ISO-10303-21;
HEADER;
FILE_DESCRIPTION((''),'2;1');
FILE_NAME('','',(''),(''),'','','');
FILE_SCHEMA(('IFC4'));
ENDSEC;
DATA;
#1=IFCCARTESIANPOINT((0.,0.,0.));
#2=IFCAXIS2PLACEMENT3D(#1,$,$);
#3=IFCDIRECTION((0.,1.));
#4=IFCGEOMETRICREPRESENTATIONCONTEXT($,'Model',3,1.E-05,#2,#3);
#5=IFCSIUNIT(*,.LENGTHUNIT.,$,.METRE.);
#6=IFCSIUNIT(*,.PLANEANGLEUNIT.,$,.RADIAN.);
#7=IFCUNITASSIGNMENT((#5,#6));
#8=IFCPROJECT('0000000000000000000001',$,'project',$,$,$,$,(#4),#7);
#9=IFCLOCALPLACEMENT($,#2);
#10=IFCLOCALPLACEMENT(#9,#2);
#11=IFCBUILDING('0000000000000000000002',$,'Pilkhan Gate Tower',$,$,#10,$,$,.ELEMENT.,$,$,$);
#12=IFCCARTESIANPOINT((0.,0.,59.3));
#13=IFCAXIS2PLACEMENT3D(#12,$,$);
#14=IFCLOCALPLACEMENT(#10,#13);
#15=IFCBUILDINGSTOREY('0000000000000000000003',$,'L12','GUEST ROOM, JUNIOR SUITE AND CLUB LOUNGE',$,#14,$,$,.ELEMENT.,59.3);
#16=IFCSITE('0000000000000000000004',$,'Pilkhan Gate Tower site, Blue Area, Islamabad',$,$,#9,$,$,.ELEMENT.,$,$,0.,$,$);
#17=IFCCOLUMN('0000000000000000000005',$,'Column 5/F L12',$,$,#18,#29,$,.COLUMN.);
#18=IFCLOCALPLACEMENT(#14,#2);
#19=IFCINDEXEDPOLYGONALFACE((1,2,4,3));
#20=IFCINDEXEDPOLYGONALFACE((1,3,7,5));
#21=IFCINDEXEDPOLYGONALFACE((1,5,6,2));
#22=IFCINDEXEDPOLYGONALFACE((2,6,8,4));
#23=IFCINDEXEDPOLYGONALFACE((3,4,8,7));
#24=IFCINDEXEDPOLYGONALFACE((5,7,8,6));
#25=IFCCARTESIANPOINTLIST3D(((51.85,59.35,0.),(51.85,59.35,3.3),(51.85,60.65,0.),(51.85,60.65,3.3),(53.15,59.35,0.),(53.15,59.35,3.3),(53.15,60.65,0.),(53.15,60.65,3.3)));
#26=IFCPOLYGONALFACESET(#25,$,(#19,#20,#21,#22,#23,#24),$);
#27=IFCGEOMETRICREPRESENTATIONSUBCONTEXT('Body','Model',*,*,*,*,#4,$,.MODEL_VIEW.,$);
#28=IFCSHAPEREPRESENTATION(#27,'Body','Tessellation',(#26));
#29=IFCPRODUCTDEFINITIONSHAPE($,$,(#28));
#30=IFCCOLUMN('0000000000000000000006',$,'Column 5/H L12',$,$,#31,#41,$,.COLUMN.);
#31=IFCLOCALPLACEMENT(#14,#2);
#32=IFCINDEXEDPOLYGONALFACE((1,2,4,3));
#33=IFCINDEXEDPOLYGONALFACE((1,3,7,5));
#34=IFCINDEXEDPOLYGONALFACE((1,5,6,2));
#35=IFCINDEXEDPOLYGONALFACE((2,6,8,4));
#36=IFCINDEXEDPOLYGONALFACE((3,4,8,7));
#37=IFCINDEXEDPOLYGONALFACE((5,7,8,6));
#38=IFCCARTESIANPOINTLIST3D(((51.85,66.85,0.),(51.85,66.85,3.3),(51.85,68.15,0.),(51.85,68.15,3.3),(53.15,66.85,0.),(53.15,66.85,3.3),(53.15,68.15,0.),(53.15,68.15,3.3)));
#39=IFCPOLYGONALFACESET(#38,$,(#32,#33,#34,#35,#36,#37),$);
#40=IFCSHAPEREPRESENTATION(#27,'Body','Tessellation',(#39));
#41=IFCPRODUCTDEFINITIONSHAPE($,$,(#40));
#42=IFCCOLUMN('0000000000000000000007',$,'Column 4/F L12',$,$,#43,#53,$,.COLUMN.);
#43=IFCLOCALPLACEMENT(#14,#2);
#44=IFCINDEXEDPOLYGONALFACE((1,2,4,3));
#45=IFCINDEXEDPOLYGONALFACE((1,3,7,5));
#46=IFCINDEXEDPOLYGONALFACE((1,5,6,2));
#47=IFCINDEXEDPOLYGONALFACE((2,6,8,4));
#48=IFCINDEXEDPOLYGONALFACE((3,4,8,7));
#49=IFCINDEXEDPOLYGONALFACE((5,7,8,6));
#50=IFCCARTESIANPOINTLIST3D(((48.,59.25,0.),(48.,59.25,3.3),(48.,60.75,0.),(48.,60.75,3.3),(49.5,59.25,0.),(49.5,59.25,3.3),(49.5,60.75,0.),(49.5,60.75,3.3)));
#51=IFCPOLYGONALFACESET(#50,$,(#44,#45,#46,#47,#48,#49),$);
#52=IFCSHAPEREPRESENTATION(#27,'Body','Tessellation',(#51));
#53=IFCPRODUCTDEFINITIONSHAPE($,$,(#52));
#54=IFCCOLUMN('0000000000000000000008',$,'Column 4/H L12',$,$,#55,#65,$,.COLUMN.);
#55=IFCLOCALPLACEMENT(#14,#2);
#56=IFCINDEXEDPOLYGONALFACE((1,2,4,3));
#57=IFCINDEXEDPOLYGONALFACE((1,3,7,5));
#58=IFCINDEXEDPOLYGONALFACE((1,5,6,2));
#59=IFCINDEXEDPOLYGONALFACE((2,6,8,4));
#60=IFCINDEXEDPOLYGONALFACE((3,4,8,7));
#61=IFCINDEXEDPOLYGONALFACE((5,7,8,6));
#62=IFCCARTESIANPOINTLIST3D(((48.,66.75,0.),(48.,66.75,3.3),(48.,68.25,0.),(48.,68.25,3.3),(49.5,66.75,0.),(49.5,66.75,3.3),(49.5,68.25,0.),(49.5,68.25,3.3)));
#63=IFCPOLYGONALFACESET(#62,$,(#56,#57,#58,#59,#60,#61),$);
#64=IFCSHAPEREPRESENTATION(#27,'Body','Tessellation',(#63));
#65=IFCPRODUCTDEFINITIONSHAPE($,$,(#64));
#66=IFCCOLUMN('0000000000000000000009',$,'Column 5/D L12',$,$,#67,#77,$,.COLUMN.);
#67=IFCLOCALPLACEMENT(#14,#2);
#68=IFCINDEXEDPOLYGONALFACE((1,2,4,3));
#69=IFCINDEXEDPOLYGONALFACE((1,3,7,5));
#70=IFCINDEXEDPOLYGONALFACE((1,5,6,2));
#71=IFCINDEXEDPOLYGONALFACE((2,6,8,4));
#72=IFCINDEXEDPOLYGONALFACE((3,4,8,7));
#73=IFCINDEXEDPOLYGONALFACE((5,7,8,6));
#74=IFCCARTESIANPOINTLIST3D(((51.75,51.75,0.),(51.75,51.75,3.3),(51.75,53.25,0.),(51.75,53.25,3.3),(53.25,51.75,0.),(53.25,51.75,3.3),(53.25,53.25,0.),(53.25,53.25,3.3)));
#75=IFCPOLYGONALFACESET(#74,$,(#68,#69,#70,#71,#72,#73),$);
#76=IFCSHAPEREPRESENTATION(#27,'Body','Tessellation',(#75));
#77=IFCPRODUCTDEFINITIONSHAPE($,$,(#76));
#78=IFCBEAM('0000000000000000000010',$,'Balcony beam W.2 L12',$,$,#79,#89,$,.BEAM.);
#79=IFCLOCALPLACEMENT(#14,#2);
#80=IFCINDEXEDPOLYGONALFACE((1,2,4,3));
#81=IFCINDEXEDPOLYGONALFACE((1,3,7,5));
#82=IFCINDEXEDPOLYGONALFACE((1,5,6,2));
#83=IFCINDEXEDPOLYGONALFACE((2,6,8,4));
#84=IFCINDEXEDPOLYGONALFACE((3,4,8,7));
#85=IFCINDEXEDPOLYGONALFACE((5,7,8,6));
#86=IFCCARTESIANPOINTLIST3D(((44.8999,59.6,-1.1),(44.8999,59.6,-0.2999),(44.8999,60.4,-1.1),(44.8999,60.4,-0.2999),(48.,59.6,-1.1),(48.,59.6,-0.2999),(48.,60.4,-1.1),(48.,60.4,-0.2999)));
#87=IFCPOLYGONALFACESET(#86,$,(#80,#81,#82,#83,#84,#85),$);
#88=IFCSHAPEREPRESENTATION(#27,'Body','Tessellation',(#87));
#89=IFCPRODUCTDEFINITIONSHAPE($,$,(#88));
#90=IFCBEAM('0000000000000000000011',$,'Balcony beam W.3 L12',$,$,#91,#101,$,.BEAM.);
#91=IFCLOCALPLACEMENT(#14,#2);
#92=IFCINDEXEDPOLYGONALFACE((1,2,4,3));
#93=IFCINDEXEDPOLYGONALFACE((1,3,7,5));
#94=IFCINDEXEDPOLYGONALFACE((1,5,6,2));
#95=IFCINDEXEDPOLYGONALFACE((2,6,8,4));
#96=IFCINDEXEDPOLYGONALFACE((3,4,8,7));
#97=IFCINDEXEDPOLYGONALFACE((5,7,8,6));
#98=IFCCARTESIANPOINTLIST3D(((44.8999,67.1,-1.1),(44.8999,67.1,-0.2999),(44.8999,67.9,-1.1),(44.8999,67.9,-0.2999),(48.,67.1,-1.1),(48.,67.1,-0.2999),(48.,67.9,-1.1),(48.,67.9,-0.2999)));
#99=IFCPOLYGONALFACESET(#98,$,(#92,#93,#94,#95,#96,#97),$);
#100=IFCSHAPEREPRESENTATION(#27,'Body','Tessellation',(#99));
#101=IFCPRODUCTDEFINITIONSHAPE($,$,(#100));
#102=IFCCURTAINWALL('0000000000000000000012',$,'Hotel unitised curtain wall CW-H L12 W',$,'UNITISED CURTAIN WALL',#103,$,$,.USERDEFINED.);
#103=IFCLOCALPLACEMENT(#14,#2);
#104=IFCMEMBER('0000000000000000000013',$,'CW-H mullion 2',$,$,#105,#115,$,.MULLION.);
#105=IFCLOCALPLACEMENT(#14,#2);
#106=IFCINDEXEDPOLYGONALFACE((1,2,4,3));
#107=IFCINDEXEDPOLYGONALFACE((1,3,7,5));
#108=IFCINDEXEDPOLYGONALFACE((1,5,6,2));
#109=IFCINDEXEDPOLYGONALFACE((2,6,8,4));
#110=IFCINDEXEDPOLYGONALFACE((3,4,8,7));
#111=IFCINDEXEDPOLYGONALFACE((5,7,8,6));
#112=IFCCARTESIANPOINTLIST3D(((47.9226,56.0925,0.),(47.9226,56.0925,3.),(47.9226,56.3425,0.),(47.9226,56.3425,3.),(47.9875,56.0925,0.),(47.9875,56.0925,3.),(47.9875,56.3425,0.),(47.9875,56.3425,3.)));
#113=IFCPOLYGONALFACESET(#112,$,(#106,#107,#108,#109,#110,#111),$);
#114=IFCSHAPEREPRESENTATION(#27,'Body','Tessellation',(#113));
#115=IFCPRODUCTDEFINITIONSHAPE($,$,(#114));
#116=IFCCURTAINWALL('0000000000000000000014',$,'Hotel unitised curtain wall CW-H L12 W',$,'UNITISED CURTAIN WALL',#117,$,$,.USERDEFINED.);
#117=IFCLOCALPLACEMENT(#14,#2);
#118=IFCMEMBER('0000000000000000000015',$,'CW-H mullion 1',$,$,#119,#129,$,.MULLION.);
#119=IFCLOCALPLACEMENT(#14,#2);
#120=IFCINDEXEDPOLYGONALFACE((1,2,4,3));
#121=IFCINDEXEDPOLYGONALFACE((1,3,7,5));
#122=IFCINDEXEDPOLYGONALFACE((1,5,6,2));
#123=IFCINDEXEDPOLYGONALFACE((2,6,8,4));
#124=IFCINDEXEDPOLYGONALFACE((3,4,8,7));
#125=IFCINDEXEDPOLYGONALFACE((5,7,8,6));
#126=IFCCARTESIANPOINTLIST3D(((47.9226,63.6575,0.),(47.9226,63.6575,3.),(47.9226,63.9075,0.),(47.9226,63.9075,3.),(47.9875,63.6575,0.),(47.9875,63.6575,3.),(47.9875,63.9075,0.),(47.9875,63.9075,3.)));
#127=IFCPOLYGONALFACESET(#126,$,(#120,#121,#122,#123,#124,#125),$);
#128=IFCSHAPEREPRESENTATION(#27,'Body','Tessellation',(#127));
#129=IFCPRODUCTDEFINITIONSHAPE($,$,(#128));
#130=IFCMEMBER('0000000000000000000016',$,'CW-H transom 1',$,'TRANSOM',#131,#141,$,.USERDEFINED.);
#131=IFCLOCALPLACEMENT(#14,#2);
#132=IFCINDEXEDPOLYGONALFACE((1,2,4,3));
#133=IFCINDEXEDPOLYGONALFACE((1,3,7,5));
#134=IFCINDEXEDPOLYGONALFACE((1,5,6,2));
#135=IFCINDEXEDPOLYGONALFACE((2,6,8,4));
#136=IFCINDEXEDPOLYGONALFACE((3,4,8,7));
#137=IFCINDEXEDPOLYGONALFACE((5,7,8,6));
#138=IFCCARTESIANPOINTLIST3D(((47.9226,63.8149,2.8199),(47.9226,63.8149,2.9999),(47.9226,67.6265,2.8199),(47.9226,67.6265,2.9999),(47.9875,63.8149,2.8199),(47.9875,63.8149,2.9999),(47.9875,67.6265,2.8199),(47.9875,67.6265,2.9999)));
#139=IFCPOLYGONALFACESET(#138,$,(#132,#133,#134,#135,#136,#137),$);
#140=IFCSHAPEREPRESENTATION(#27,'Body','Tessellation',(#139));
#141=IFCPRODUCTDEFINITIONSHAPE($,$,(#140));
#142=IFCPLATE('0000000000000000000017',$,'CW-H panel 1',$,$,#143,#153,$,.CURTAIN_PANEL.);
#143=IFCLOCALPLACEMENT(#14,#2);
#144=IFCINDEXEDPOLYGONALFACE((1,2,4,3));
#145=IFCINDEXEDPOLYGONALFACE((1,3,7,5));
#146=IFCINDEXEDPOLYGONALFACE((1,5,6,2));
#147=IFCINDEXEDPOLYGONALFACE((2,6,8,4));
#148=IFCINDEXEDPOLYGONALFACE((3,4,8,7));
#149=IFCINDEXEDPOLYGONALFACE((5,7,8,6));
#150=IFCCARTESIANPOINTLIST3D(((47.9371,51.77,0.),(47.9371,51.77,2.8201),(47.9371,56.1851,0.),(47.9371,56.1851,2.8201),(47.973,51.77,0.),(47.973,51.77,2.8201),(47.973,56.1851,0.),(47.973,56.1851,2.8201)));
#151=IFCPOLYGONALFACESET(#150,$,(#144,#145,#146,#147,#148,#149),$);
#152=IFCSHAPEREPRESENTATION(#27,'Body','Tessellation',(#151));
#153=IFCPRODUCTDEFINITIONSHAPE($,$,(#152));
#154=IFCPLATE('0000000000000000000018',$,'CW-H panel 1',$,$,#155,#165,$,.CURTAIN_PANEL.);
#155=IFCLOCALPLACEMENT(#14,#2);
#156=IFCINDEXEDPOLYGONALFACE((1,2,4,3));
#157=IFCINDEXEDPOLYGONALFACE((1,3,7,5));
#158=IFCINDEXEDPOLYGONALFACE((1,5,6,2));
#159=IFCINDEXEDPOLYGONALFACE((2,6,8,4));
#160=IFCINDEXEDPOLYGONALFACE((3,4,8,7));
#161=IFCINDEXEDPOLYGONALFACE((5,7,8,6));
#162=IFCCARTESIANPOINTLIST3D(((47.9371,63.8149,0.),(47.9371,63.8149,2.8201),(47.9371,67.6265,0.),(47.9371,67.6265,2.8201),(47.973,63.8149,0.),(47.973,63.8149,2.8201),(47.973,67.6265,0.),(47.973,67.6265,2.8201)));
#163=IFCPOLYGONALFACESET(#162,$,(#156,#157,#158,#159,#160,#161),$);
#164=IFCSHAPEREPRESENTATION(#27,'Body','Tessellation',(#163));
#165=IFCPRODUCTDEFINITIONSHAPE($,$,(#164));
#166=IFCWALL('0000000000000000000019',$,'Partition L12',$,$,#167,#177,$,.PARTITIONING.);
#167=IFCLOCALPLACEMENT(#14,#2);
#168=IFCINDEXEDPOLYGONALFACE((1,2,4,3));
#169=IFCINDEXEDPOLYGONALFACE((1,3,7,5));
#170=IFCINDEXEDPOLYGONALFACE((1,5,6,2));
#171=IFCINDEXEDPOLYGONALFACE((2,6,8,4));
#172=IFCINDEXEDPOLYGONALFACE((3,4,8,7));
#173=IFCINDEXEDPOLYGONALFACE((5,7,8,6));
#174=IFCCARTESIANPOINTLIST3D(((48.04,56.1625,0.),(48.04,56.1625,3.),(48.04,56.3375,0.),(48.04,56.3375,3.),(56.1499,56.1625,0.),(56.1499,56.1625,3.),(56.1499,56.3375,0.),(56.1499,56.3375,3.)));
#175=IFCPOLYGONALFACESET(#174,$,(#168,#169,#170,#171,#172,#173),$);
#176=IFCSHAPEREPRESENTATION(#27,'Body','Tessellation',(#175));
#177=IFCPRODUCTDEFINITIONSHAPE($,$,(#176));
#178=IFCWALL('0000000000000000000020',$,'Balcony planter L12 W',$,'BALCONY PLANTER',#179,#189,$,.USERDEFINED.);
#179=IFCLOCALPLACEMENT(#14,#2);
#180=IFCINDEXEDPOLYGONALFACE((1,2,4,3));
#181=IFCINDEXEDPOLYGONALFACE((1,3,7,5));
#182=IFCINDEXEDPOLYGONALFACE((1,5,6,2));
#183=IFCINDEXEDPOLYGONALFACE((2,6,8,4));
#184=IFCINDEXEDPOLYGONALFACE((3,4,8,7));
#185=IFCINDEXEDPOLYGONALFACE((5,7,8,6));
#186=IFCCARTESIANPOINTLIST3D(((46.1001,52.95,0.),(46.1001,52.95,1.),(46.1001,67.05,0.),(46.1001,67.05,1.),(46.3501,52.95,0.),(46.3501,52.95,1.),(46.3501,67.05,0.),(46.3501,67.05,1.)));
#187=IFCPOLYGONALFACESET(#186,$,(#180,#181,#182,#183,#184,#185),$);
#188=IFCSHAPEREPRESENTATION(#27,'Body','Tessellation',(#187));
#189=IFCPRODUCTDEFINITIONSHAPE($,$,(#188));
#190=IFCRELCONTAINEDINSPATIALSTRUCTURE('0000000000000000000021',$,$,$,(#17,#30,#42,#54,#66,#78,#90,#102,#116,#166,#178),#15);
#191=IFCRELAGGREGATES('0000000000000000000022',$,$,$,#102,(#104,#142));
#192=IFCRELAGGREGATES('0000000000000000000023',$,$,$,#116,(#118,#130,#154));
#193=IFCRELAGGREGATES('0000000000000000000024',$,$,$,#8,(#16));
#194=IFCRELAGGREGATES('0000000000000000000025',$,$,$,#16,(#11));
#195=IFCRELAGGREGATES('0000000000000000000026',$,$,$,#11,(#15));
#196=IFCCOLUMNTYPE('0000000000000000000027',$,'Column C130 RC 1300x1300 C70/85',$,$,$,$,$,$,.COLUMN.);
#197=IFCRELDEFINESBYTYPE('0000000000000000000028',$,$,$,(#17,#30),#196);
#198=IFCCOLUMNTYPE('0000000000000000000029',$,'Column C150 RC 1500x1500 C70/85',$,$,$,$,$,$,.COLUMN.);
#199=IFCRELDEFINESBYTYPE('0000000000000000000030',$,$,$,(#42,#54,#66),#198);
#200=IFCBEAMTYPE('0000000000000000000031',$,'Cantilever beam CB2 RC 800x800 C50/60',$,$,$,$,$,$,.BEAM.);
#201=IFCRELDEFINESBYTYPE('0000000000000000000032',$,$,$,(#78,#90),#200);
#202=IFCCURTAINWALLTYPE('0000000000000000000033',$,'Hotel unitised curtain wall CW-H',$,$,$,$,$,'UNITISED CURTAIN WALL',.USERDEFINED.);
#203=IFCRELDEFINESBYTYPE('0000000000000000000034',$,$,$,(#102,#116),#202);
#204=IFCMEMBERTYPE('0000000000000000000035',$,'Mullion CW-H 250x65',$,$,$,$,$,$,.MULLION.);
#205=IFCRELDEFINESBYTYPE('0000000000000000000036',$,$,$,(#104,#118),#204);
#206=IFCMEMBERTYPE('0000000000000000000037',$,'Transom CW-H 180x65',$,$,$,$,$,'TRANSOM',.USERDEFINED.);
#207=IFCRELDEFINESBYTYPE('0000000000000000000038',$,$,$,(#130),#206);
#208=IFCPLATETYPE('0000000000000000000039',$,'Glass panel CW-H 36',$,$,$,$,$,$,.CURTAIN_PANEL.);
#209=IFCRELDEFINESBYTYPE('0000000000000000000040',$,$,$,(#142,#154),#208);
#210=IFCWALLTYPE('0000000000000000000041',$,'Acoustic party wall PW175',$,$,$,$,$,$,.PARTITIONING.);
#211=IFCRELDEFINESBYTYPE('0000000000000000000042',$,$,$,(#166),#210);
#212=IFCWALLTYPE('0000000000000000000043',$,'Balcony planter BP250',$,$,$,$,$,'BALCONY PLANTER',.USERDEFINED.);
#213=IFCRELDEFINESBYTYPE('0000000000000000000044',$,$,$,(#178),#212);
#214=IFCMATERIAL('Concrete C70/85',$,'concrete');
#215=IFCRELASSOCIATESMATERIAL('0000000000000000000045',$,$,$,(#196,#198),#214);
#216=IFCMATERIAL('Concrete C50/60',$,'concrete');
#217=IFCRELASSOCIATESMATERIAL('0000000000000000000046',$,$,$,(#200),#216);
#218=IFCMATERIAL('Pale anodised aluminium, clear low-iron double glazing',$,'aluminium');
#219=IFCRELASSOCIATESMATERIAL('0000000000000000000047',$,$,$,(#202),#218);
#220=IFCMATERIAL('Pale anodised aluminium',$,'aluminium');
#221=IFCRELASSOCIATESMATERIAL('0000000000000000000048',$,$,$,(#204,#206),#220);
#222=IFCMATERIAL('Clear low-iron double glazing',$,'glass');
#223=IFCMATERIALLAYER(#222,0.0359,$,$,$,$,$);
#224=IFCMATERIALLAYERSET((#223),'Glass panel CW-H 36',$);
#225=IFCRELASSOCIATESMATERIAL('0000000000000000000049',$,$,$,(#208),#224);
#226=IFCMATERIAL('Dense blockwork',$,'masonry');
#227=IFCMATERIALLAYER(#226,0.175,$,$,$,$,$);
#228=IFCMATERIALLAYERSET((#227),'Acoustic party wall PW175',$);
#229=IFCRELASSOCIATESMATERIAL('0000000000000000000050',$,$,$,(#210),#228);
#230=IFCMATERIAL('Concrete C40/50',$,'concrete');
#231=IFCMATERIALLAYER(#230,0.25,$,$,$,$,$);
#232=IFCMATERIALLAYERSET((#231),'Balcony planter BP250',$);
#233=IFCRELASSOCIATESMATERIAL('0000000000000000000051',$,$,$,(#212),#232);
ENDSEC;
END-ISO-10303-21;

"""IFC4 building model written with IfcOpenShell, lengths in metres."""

from ifc_helpers import new_model, si_unit, direction, frame, frame_2d, origin, origin_2d, place, context, subcontext, project, spatial, rectangle, extrude, material, layer, layer_set, material_profile, profile_set, type_object, element, aggregate, save


model = new_model("IFC4")

# Units and contexts
model_context = context("Model", 3, precision=1e-05, world=origin(), true_north=direction((0.0, 1.0)))
body_context = subcontext(model_context, "Body", "Model", "MODEL_VIEW")
ifc_project = project(units=[si_unit("LENGTHUNIT", "METRE"), si_unit("PLANEANGLEUNIT", "RADIAN")], contexts=[model_context])

# Site, building, storey
site_placement = place(None, origin())
site = spatial("IfcSite", under=ifc_project, at=site_placement, Name="Pilkhan Gate Tower site, Blue Area, Islamabad", CompositionType="ELEMENT", RefElevation=0.0)
building_placement = place(site_placement, origin())
building = spatial("IfcBuilding", under=site, at=building_placement, Name="Pilkhan Gate Tower", CompositionType="ELEMENT")
storey_placement = place(building_placement, frame((0.0, 0.0, 59.3)))
storey = spatial("IfcBuildingStorey", under=building, at=storey_placement, Name="L12", Description="GUEST ROOM, JUNIOR SUITE AND CLUB LOUNGE", CompositionType="ELEMENT", Elevation=59.3)

# Columns
ifc_material_1 = material(Name="Concrete C70/85", Category="concrete")
ifc_material_profile_1 = material_profile(ifc_material_1, rectangle(XDim=1.3, YDim=1.3, at=origin_2d()), Name="RC 1300x1300")
ifc_profile_set_1 = profile_set([ifc_material_profile_1], Name="Concrete C70/85")
column_type_1 = type_object("IfcColumnType", Name="Column C130 RC 1300x1300 C70/85", PredefinedType="COLUMN", material=ifc_profile_set_1)
for number, where, z_axis, x_axis, name in (
    (1, (52.5, 60.0, 0.0), (0.0, 0.0, 1.0), (1.0, 0.0, 0.0), "Column 5/F L12"),
    (2, (52.5, 67.5, 0.0), (0.0, 0.0, 1.0), (1.0, 0.0, 0.0), "Column 5/H L12"),
):
    element("IfcColumn", number, at=place(storey_placement, frame(where, z_axis=z_axis, x_axis=x_axis)), inside=storey, type_object=column_type_1, Name=name, PredefinedType="COLUMN", context=body_context, shape_type="SweptSolid", body=[
        extrude(rectangle(XDim=1.3, YDim=1.3, at=origin_2d()), origin(), (0.0, 0.0, 1.0), 3.3),
    ])
ifc_material_profile_2 = material_profile(ifc_material_1, rectangle(XDim=1.5, YDim=1.5, at=origin_2d()), Name="RC 1500x1500")
ifc_profile_set_2 = profile_set([ifc_material_profile_2], Name="Concrete C70/85")
column_type_2 = type_object("IfcColumnType", Name="Column C150 RC 1500x1500 C70/85", PredefinedType="COLUMN", material=ifc_profile_set_2)
for number, where, z_axis, x_axis, name in (
    (3, (48.75, 60.0, 0.0), (0.0, 0.0, 1.0), (1.0, 0.0, 0.0), "Column 4/F L12"),
    (4, (48.75, 67.5, 0.0), (0.0, 0.0, 1.0), (1.0, 0.0, 0.0), "Column 4/H L12"),
    (5, (52.5, 52.5, 0.0), (0.0, 0.0, 1.0), (1.0, 0.0, 0.0), "Column 5/D L12"),
):
    element("IfcColumn", number, at=place(storey_placement, frame(where, z_axis=z_axis, x_axis=x_axis)), inside=storey, type_object=column_type_2, Name=name, PredefinedType="COLUMN", context=body_context, shape_type="SweptSolid", body=[
        extrude(rectangle(XDim=1.5, YDim=1.5, at=origin_2d()), origin(), (0.0, 0.0, 1.0), 3.3),
    ])

# Beams
ifc_material_2 = material(Name="Concrete C50/60", Category="concrete")
ifc_material_profile_3 = material_profile(ifc_material_2, rectangle(XDim=0.8, YDim=0.8, at=origin_2d()), Name="RC 800x800")
ifc_profile_set_3 = profile_set([ifc_material_profile_3], Name="Concrete C50/60")
beam_type = type_object("IfcBeamType", Name="Cantilever beam CB2 RC 800x800 C50/60", PredefinedType="BEAM", material=ifc_profile_set_3)
for number, where, z_axis, x_axis, name in (
    (6, (48.0, 60.0, -0.7), (-1.0, 0.0, 0.0), (0.0, -1.0, 0.0), "Balcony beam W.2 L12"),
    (7, (48.0, 67.5, -0.7), (-1.0, 0.0, 0.0), (0.0, -1.0, 0.0), "Balcony beam W.3 L12"),
):
    element("IfcBeam", number, at=place(storey_placement, frame(where, z_axis=z_axis, x_axis=x_axis)), inside=storey, type_object=beam_type, Name=name, PredefinedType="BEAM", context=body_context, shape_type="SweptSolid", body=[
        extrude(rectangle(XDim=0.8, YDim=0.8, at=origin_2d()), origin(), (0.0, 0.0, 1.0), 3.1001),
    ])

# Curtain wall, member
ifc_material_3 = material(Name="Pale anodised aluminium, clear low-iron double glazing", Category="aluminium")
curtain_wall_type = type_object("IfcCurtainWallType", Name="Hotel unitised curtain wall CW-H", ElementType="UNITISED CURTAIN WALL", PredefinedType="USERDEFINED", material=ifc_material_3)
curtain_wall_1_placement = place(storey_placement, origin())
curtain_wall_1 = element("IfcCurtainWall", 8, at=curtain_wall_1_placement, inside=storey, type_object=curtain_wall_type, Name="Hotel unitised curtain wall CW-H L12 W", ObjectType="UNITISED CURTAIN WALL", PredefinedType="USERDEFINED")
ifc_material_4 = material(Name="Pale anodised aluminium", Category="aluminium")
ifc_material_profile_4 = material_profile(ifc_material_4, rectangle(XDim=0.0649, YDim=0.25, at=origin_2d()), Name="Mullion 250x65")
ifc_profile_set_4 = profile_set([ifc_material_profile_4], Name="Pale anodised aluminium")
member_type_1 = type_object("IfcMemberType", Name="Mullion CW-H 250x65", PredefinedType="MULLION", material=ifc_profile_set_4)
member_1_placement = place(storey_placement, frame((47.9551, 56.2175, 0.0), z_axis=(0.0, 0.0, 1.0), x_axis=(-1.0, 0.0, 0.0)))
member_1 = element("IfcMember", 9, at=member_1_placement, type_object=member_type_1, Name="CW-H mullion 2", PredefinedType="MULLION", context=body_context, shape_type="SweptSolid", body=[
    extrude(rectangle(XDim=0.0649, YDim=0.25, at=origin_2d()), origin(), (0.0, 0.0, 1.0), 3.0),
])

# Curtain wall, members
curtain_wall_2_placement = place(storey_placement, origin())
curtain_wall_2 = element("IfcCurtainWall", 10, at=curtain_wall_2_placement, inside=storey, type_object=curtain_wall_type, Name="Hotel unitised curtain wall CW-H L12 W", ObjectType="UNITISED CURTAIN WALL", PredefinedType="USERDEFINED")
member_2_placement = place(storey_placement, frame((47.9551, 63.7825, 0.0), z_axis=(0.0, 0.0, 1.0), x_axis=(-1.0, 0.0, 0.0)))
member_2 = element("IfcMember", 11, at=member_2_placement, type_object=member_type_1, Name="CW-H mullion 1", PredefinedType="MULLION", context=body_context, shape_type="SweptSolid", body=[
    extrude(rectangle(XDim=0.0649, YDim=0.25, at=origin_2d()), origin(), (0.0, 0.0, 1.0), 3.0),
])
ifc_material_profile_5 = material_profile(ifc_material_4, rectangle(XDim=0.0649, YDim=0.1799, at=origin_2d()), Name="Transom 180x65")
ifc_profile_set_5 = profile_set([ifc_material_profile_5], Name="Pale anodised aluminium")
member_type_2 = type_object("IfcMemberType", Name="Transom CW-H 180x65", ElementType="TRANSOM", PredefinedType="USERDEFINED", material=ifc_profile_set_5)
member_3_placement = place(storey_placement, frame((47.9551, 63.8149, 2.9099), z_axis=(0.0, 1.0, 0.0), x_axis=(-1.0, 0.0, 0.0)))
member_3 = element("IfcMember", 12, at=member_3_placement, type_object=member_type_2, Name="CW-H transom 1", ObjectType="TRANSOM", PredefinedType="USERDEFINED", context=body_context, shape_type="SweptSolid", body=[
    extrude(rectangle(XDim=0.0649, YDim=0.1799, at=origin_2d()), origin(), (0.0, 0.0, 1.0), 3.8115),
])

# Plates
ifc_material_5 = material(Name="Clear low-iron double glazing", Category="glass")
ifc_layer_1 = layer(ifc_material_5, 0.0359)
ifc_layer_set_1 = layer_set([ifc_layer_1], Name="Glass panel CW-H 36")
plate_type = type_object("IfcPlateType", Name="Glass panel CW-H 36", PredefinedType="CURTAIN_PANEL", material=ifc_layer_set_1)
plate_1_placement = place(storey_placement, frame((47.9551, 53.9775, 0.0), z_axis=(0.0, 0.0, 1.0), x_axis=(0.0, 1.0, 0.0)))
plate_1 = element("IfcPlate", 13, at=plate_1_placement, type_object=plate_type, Name="CW-H panel 1", PredefinedType="CURTAIN_PANEL", context=body_context, shape_type="SweptSolid", body=[
    extrude(rectangle(XDim=4.415, YDim=0.0359, at=origin_2d()), origin(), (0.0, 0.0, 1.0), 2.8201),
])
aggregate(curtain_wall_1, [member_1, plate_1])
plate_2_placement = place(storey_placement, frame((47.9551, 65.7207, 0.0), z_axis=(0.0, 0.0, 1.0), x_axis=(0.0, 1.0, 0.0)))
plate_2 = element("IfcPlate", 14, at=plate_2_placement, type_object=plate_type, Name="CW-H panel 1", PredefinedType="CURTAIN_PANEL", context=body_context, shape_type="SweptSolid", body=[
    extrude(rectangle(XDim=3.8115, YDim=0.0359, at=origin_2d()), origin(), (0.0, 0.0, 1.0), 2.8201),
])
aggregate(curtain_wall_2, [member_2, member_3, plate_2])

# Walls
ifc_material_6 = material(Name="Dense blockwork", Category="masonry")
ifc_layer_2 = layer(ifc_material_6, 0.175)
ifc_layer_set_2 = layer_set([ifc_layer_2], Name="Acoustic party wall PW175")
wall_type_1 = type_object("IfcWallType", Name="Acoustic party wall PW175", PredefinedType="PARTITIONING", material=ifc_layer_set_2)
wall_1_placement = place(storey_placement, frame((48.04, 56.25, 0.0), z_axis=(0.0, 0.0, 1.0), x_axis=(1.0, 0.0, 0.0)))
element("IfcWall", 15, at=wall_1_placement, inside=storey, type_object=wall_type_1, Name="Partition L12", PredefinedType="PARTITIONING", context=body_context, shape_type="SweptSolid", body=[
    extrude(rectangle(XDim=8.1099, YDim=0.175, at=frame_2d((4.0549, 0.0))), origin(), (0.0, 0.0, 1.0), 3.0),
])
ifc_material_7 = material(Name="Concrete C40/50", Category="concrete")
ifc_layer_3 = layer(ifc_material_7, 0.25)
ifc_layer_set_3 = layer_set([ifc_layer_3], Name="Balcony planter BP250")
wall_type_2 = type_object("IfcWallType", Name="Balcony planter BP250", ElementType="BALCONY PLANTER", PredefinedType="USERDEFINED", material=ifc_layer_set_3)
wall_2_placement = place(storey_placement, frame((46.2251, 52.95, 0.0), z_axis=(0.0, 0.0, 1.0), x_axis=(0.0, 1.0, 0.0)))
element("IfcWall", 16, at=wall_2_placement, inside=storey, type_object=wall_type_2, Name="Balcony planter L12 W", ObjectType="BALCONY PLANTER", PredefinedType="USERDEFINED", context=body_context, shape_type="SweptSolid", body=[
    extrude(rectangle(XDim=14.1001, YDim=0.25, at=frame_2d((7.05, 0.0))), origin(), (0.0, 0.0, 1.0), 1.0),
])

save(model, "model.ifc")
